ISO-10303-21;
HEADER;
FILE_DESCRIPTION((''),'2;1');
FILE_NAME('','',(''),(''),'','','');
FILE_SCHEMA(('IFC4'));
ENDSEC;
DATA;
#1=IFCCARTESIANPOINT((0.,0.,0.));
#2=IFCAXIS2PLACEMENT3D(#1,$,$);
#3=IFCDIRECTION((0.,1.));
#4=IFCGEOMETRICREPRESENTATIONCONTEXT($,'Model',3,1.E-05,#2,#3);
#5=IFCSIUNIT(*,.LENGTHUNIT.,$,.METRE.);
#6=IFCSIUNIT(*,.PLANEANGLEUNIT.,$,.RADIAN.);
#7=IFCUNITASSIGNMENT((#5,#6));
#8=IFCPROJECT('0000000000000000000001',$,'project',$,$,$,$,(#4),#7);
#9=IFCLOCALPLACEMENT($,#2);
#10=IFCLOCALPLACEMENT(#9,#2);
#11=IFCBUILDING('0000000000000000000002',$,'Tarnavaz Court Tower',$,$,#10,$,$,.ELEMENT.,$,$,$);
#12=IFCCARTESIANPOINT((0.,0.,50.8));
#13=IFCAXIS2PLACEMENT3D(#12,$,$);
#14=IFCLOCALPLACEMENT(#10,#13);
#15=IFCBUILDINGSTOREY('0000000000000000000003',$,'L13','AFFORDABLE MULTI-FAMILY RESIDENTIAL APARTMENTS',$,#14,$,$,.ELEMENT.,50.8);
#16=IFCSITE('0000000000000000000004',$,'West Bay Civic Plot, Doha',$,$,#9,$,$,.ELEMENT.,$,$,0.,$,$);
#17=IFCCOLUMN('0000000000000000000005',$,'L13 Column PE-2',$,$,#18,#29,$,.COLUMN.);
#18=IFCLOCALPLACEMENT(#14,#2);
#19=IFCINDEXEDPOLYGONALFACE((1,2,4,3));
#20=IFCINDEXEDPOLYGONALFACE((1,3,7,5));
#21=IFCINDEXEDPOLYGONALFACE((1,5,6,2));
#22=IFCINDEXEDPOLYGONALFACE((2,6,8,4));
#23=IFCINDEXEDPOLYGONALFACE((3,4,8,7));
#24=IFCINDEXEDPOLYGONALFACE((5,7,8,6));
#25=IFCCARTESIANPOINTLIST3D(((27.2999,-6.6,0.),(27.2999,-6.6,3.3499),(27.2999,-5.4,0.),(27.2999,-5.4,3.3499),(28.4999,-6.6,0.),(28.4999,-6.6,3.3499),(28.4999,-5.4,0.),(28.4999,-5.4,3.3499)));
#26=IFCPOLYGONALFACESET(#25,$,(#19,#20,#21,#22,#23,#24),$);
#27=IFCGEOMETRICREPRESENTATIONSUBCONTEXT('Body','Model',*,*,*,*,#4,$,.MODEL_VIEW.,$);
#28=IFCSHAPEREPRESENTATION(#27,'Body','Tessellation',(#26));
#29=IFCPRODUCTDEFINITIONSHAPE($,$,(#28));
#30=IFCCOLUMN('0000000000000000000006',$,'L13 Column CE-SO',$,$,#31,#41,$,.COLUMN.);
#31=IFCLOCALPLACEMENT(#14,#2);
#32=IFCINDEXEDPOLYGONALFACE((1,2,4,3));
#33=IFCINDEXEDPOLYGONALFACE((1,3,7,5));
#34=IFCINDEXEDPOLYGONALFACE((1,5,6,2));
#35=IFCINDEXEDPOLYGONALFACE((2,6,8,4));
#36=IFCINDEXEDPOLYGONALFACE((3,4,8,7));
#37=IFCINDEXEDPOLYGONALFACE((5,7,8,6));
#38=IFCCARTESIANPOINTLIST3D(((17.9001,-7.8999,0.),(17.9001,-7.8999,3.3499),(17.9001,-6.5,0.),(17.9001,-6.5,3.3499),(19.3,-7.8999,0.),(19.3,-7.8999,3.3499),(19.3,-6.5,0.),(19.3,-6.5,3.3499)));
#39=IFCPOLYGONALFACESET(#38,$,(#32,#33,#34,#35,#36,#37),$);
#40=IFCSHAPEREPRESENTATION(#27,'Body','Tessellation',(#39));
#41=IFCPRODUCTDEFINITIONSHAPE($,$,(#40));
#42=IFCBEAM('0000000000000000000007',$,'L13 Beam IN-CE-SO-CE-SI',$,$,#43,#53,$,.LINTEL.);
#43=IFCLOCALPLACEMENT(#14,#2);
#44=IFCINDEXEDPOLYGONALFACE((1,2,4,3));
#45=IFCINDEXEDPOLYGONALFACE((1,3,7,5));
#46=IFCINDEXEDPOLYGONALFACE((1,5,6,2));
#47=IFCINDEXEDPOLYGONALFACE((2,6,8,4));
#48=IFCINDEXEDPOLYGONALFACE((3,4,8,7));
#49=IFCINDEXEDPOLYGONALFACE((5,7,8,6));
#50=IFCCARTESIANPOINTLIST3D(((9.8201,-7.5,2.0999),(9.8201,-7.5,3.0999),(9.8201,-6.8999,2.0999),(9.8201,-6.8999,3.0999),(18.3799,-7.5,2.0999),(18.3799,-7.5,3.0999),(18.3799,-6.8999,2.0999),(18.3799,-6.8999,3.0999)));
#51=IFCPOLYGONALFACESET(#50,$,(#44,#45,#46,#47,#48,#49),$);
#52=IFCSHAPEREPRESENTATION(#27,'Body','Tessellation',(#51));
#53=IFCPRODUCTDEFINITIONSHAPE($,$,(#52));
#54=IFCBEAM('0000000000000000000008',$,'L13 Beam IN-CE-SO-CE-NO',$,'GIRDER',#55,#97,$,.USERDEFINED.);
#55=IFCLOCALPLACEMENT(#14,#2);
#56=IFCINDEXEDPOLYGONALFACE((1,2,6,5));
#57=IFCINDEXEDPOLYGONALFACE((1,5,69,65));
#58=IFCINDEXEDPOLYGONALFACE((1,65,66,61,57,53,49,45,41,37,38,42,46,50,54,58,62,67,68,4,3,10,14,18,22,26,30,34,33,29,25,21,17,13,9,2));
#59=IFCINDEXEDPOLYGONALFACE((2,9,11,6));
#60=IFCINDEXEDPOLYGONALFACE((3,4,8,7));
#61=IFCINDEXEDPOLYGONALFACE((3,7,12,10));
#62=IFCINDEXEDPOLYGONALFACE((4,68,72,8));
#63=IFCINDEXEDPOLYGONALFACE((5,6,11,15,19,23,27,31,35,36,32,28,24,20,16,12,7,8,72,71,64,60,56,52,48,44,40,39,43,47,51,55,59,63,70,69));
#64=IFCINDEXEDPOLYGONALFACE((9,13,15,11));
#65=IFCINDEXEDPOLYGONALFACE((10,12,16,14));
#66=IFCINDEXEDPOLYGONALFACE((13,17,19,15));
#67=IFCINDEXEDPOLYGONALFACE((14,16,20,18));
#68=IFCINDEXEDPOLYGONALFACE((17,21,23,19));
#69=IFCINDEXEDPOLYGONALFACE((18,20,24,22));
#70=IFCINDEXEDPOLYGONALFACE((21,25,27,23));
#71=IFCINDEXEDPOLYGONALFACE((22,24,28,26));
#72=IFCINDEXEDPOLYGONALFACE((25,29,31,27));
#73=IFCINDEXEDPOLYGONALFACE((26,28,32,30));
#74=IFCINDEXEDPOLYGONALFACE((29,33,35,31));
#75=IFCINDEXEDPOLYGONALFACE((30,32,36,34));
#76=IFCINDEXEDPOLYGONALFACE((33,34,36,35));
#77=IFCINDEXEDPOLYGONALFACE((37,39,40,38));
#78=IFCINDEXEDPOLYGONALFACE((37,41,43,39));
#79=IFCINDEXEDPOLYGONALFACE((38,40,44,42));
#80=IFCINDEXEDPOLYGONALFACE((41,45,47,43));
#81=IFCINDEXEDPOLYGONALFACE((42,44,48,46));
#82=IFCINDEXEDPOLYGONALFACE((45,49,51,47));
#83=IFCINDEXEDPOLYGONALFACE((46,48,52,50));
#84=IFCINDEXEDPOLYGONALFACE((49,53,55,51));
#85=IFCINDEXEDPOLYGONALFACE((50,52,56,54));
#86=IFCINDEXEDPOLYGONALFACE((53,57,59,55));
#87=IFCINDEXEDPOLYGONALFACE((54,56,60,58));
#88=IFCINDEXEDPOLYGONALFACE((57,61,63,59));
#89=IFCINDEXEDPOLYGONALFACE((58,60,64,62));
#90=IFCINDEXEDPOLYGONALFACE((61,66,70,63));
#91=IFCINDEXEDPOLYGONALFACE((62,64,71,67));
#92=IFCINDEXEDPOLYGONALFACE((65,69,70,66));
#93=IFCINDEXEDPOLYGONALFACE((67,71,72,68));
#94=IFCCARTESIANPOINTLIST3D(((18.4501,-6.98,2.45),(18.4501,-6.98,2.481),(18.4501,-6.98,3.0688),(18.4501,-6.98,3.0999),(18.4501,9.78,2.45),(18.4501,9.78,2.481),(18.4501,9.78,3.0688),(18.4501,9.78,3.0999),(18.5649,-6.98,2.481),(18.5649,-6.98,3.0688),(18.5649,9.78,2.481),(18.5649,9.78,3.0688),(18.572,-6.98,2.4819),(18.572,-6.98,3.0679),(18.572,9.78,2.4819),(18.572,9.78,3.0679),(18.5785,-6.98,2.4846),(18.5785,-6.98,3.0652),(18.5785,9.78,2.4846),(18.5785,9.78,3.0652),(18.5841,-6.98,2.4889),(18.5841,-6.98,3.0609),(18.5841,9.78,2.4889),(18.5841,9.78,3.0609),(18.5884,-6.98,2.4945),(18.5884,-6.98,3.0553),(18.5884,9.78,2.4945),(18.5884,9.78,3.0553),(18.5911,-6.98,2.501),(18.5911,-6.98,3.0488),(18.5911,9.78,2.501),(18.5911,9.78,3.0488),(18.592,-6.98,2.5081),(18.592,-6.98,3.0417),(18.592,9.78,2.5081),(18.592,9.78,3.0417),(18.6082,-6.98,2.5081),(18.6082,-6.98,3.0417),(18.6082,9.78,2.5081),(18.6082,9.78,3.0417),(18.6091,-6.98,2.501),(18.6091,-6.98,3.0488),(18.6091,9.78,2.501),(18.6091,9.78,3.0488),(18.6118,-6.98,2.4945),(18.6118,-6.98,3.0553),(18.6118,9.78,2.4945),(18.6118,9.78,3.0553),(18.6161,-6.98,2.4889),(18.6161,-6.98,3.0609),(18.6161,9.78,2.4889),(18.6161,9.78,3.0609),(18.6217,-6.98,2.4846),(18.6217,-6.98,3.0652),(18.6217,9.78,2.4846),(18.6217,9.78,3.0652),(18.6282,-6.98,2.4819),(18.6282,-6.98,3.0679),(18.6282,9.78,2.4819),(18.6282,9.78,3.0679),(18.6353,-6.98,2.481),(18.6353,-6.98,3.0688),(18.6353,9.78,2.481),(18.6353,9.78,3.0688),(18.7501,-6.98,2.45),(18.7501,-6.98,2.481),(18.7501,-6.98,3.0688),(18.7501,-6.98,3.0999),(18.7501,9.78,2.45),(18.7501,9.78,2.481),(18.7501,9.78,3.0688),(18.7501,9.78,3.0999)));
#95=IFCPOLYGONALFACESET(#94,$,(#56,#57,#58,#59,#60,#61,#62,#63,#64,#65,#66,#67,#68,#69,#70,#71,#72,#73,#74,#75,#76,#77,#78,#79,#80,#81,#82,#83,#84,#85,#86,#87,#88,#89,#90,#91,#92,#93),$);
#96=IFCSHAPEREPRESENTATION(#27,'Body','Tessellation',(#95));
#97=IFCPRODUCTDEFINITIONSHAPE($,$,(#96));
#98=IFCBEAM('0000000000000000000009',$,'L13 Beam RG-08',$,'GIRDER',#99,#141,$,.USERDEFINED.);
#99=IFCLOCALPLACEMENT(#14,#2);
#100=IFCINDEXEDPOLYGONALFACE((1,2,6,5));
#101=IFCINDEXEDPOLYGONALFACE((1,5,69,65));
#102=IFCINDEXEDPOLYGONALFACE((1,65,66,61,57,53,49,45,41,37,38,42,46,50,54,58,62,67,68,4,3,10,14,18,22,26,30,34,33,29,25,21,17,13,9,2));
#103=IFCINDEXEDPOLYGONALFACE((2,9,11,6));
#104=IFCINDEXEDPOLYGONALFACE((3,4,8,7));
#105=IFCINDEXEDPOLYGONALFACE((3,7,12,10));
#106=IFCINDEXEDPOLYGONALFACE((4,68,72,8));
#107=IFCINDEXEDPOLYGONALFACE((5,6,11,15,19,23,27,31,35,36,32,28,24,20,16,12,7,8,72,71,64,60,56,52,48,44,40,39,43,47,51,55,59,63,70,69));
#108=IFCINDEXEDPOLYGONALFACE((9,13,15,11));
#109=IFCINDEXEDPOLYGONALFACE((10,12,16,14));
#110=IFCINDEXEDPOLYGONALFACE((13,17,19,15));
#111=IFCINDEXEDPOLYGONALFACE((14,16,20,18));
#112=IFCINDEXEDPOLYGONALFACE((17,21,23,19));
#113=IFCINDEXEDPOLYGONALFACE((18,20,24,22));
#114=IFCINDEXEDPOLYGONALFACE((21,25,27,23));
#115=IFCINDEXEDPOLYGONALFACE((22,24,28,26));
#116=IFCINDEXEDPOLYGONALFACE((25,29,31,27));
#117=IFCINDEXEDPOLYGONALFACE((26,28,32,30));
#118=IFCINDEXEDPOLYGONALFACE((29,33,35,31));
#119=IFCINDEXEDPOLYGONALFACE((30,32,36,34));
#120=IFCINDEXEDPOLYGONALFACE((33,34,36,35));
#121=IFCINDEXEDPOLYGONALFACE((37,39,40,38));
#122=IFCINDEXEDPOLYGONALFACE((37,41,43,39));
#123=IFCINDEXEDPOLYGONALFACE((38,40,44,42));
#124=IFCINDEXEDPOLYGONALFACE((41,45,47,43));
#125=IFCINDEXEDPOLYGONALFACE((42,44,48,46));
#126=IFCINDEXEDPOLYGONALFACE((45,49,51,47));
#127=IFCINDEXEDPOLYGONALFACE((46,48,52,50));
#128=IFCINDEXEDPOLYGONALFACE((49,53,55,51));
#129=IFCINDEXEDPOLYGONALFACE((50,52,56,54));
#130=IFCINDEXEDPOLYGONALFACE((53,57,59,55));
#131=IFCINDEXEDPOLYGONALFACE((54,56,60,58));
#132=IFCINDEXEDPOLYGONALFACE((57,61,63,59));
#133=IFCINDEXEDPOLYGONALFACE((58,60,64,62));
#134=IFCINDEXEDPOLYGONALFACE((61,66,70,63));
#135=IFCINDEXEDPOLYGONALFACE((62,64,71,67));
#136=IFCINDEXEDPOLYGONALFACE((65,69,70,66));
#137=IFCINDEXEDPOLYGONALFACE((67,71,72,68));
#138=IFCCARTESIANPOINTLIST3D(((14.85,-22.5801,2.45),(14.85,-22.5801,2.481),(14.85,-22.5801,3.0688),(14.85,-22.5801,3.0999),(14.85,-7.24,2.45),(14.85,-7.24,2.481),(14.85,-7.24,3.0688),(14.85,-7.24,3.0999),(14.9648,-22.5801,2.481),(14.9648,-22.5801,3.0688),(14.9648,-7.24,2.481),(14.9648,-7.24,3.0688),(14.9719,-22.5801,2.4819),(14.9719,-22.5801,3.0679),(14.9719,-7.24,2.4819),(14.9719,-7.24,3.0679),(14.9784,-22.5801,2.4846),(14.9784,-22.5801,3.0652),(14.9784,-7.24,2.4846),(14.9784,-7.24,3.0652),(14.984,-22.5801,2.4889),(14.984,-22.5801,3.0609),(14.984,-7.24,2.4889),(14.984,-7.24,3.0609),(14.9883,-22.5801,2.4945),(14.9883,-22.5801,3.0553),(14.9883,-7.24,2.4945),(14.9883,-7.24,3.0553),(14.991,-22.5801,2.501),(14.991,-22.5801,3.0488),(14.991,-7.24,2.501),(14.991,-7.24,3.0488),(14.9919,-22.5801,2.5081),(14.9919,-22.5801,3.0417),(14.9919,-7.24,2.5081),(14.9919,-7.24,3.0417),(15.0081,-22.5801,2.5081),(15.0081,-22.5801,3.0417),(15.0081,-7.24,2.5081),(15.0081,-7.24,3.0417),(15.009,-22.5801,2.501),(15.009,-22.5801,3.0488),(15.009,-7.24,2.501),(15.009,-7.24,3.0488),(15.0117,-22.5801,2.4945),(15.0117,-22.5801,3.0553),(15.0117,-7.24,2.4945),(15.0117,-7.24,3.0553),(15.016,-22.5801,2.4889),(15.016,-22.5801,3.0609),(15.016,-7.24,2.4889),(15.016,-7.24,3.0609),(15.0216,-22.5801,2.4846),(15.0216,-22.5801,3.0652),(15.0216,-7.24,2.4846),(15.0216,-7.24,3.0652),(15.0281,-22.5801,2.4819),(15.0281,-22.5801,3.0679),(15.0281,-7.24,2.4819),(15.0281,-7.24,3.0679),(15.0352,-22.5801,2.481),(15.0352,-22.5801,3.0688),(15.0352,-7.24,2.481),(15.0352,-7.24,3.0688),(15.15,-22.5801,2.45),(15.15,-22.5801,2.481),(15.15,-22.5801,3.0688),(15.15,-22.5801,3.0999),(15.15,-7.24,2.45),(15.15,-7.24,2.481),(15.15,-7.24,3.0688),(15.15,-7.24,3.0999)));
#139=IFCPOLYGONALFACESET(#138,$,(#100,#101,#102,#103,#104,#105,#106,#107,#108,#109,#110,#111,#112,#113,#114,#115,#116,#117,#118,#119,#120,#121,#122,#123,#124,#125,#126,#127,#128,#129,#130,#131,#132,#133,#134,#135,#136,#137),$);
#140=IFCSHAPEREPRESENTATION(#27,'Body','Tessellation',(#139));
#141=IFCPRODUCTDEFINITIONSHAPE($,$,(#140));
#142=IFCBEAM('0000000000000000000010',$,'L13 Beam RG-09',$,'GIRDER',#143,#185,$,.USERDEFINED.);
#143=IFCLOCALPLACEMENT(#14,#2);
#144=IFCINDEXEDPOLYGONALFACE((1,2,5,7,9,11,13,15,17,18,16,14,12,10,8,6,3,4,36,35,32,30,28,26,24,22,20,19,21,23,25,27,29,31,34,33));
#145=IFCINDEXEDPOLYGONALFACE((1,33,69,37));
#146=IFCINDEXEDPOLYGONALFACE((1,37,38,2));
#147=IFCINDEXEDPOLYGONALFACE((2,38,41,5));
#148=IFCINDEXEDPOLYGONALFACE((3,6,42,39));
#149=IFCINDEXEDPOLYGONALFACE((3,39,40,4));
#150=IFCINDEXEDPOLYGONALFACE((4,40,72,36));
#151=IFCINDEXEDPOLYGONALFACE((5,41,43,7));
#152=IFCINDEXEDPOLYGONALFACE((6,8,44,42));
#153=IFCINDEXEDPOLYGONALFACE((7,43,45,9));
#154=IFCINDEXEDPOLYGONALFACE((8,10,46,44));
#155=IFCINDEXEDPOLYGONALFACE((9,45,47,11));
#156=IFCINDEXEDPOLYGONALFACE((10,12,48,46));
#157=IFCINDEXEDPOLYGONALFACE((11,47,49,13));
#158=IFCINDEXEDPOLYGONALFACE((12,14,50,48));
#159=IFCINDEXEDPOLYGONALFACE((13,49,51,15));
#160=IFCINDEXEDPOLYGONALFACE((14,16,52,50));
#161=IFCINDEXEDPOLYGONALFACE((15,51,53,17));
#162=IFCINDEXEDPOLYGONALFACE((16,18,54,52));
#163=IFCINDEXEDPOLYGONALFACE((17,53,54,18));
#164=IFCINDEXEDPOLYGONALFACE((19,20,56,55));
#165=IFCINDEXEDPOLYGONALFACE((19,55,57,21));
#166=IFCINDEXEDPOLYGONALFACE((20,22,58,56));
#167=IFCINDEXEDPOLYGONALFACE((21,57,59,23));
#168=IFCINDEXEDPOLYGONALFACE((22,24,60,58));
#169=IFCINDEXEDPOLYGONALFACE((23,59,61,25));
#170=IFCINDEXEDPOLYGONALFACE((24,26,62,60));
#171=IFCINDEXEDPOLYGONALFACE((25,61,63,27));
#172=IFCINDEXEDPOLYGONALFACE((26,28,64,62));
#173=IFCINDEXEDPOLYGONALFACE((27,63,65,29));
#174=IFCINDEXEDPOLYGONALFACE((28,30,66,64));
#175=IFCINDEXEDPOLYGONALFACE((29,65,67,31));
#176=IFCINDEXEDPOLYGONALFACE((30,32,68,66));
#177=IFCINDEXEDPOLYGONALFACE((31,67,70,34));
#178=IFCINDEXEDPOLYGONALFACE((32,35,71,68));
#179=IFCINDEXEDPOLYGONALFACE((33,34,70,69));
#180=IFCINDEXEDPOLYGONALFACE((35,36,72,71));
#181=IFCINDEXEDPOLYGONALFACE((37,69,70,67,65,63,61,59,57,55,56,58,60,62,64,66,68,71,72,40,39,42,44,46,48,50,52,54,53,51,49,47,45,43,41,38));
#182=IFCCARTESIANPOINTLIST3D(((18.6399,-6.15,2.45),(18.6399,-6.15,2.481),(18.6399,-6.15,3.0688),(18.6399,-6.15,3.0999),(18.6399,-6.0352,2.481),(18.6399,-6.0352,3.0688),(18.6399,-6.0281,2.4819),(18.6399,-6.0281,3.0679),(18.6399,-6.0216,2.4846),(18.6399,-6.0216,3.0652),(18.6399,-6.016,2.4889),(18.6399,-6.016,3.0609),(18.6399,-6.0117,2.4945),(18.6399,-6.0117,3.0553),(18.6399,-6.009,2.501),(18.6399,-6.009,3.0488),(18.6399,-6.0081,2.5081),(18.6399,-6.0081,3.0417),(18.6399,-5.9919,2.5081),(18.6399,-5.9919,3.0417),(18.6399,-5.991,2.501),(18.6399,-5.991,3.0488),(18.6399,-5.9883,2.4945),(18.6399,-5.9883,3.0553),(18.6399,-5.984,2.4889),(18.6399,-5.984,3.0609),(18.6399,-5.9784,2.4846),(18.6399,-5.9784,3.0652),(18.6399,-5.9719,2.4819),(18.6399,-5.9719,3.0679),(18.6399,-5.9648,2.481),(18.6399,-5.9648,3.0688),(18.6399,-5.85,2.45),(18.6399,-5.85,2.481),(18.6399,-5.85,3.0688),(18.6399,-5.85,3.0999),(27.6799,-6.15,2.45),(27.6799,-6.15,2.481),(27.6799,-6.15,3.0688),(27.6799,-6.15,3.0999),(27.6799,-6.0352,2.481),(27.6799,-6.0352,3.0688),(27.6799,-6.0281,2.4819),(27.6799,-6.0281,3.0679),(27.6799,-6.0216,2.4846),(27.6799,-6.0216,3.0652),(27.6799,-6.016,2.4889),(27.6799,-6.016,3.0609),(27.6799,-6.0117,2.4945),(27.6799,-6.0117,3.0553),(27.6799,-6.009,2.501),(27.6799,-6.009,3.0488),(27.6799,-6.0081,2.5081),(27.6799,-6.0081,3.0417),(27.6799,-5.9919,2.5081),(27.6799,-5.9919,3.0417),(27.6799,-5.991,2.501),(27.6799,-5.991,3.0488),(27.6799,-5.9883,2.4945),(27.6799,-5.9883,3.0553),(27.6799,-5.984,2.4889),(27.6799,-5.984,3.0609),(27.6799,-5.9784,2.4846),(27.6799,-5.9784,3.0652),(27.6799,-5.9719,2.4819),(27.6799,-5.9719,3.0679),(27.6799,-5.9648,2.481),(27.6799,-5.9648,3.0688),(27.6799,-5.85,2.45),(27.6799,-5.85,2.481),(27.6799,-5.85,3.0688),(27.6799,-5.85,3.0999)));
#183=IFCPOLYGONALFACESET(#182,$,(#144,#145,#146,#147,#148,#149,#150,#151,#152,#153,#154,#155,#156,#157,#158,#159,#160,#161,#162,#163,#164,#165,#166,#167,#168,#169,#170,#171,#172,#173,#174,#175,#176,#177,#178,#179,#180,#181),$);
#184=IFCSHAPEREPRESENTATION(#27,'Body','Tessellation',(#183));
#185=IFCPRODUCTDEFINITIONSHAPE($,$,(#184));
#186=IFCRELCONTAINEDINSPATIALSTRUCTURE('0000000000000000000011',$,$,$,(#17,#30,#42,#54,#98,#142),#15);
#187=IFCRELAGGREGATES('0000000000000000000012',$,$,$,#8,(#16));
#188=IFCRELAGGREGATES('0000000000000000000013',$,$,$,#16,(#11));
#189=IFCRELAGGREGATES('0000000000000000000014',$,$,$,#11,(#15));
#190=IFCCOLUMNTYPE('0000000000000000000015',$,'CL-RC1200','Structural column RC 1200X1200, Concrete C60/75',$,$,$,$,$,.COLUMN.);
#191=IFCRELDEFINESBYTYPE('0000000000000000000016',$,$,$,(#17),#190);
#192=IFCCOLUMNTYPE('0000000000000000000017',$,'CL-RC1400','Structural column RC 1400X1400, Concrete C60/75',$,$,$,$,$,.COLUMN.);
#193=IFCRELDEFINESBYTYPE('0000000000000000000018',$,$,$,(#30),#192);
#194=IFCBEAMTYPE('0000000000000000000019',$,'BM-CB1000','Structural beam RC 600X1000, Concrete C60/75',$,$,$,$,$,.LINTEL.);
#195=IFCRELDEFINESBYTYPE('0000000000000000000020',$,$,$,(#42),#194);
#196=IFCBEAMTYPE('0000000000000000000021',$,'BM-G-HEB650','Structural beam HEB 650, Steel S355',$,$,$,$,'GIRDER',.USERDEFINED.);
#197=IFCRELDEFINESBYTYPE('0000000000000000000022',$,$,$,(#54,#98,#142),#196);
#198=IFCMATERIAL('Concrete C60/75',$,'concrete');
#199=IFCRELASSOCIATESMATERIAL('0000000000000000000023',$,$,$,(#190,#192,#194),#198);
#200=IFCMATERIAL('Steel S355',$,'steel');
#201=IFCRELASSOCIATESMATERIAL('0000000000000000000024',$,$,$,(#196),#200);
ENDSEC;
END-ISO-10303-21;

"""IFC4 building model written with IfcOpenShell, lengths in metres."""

from ifc_helpers import new_model, si_unit, direction, frame, origin, origin_2d, place, context, subcontext, project, spatial, rectangle, i_section, extrude, material, material_profile, profile_set, type_object, element, save


model = new_model("IFC4")

# Units and contexts
model_context = context("Model", 3, precision=1e-05, world=origin(), true_north=direction((0.0, 1.0)))
body_context = subcontext(model_context, "Body", "Model", "MODEL_VIEW")
ifc_project = project(units=[si_unit("LENGTHUNIT", "METRE"), si_unit("PLANEANGLEUNIT", "RADIAN")], contexts=[model_context])

# Site, building, storey
site_placement = place(None, origin())
site = spatial("IfcSite", under=ifc_project, at=site_placement, Name="West Bay Civic Plot, Doha", CompositionType="ELEMENT", RefElevation=0.0)
building_placement = place(site_placement, origin())
building = spatial("IfcBuilding", under=site, at=building_placement, Name="Tarnavaz Court Tower", CompositionType="ELEMENT")
storey_placement = place(building_placement, frame((0.0, 0.0, 50.8)))
storey = spatial("IfcBuildingStorey", under=building, at=storey_placement, Name="L13", Description="AFFORDABLE MULTI-FAMILY RESIDENTIAL APARTMENTS", CompositionType="ELEMENT", Elevation=50.8)

# Columns
ifc_material_1 = material(Name="Concrete C60/75", Category="concrete")
ifc_material_profile_1 = material_profile(ifc_material_1, rectangle(XDim=1.2, YDim=1.2, at=origin_2d()), Name="RC 1200X1200")
ifc_profile_set_1 = profile_set([ifc_material_profile_1], Name="Concrete C60/75")
column_type_1 = type_object("IfcColumnType", Name="CL-RC1200", Description="Structural column RC 1200X1200, Concrete C60/75", PredefinedType="COLUMN", material=ifc_profile_set_1)
column_1_placement = place(storey_placement, frame((27.8999, -6.0, 0.0), z_axis=(0.0, 0.0, 1.0), x_axis=(1.0, 0.0, 0.0)))
element("IfcColumn", 1, at=column_1_placement, inside=storey, type_object=column_type_1, Name="L13 Column PE-2", PredefinedType="COLUMN", context=body_context, shape_type="SweptSolid", body=[
    extrude(rectangle(XDim=1.2, YDim=1.2, at=origin_2d()), origin(), (0.0, 0.0, 1.0), 3.3499),
])
ifc_material_profile_2 = material_profile(ifc_material_1, rectangle(XDim=1.3999, YDim=1.3999, at=origin_2d()), Name="RC 1400X1400")
ifc_profile_set_2 = profile_set([ifc_material_profile_2], Name="Concrete C60/75")
column_type_2 = type_object("IfcColumnType", Name="CL-RC1400", Description="Structural column RC 1400X1400, Concrete C60/75", PredefinedType="COLUMN", material=ifc_profile_set_2)
column_2_placement = place(storey_placement, frame((18.6001, -7.2, 0.0), z_axis=(0.0, 0.0, 1.0), x_axis=(1.0, 0.0, 0.0)))
element("IfcColumn", 2, at=column_2_placement, inside=storey, type_object=column_type_2, Name="L13 Column CE-SO", PredefinedType="COLUMN", context=body_context, shape_type="SweptSolid", body=[
    extrude(rectangle(XDim=1.3999, YDim=1.3999, at=origin_2d()), origin(), (0.0, 0.0, 1.0), 3.3499),
])

# Beams
ifc_material_profile_3 = material_profile(ifc_material_1, rectangle(XDim=0.6001, YDim=1.0, at=origin_2d()), Name="RC 600X1000")
ifc_profile_set_3 = profile_set([ifc_material_profile_3], Name="Concrete C60/75")
beam_type_1 = type_object("IfcBeamType", Name="BM-CB1000", Description="Structural beam RC 600X1000, Concrete C60/75", PredefinedType="LINTEL", material=ifc_profile_set_3)
beam_1_placement = place(storey_placement, frame((18.3799, -7.2, 2.5999), z_axis=(-1.0, 0.0, 0.0), x_axis=(0.0, -1.0, 0.0)))
element("IfcBeam", 3, at=beam_1_placement, inside=storey, type_object=beam_type_1, Name="L13 Beam IN-CE-SO-CE-SI", PredefinedType="LINTEL", context=body_context, shape_type="SweptSolid", body=[
    extrude(rectangle(XDim=0.6001, YDim=1.0, at=origin_2d()), origin(), (0.0, 0.0, 1.0), 8.5598),
])
ifc_material_2 = material(Name="Steel S355", Category="steel")
ifc_material_profile_4 = material_profile(ifc_material_2, i_section(OverallWidth=0.3, OverallDepth=0.6499, WebThickness=0.0161, FlangeThickness=0.031, FilletRadius=0.0271, at=origin_2d()), Name="HEB 650")
ifc_profile_set_4 = profile_set([ifc_material_profile_4], Name="Steel S355")
beam_type_2 = type_object("IfcBeamType", Name="BM-G-HEB650", Description="Structural beam HEB 650, Steel S355", ElementType="GIRDER", PredefinedType="USERDEFINED", material=ifc_profile_set_4)
beam_2_placement = place(storey_placement, frame((18.6001, -6.98, 2.7749), z_axis=(0.0, 1.0, 0.0), x_axis=(-1.0, 0.0, 0.0)))
element("IfcBeam", 4, at=beam_2_placement, inside=storey, type_object=beam_type_2, Name="L13 Beam IN-CE-SO-CE-NO", ObjectType="GIRDER", PredefinedType="USERDEFINED", context=body_context, shape_type="SweptSolid", body=[
    extrude(i_section(OverallWidth=0.3, OverallDepth=0.6499, WebThickness=0.0161, FlangeThickness=0.031, FilletRadius=0.0271, at=origin_2d()), origin(), (0.0, 0.0, 1.0), 16.76),
])
beam_3_placement = place(storey_placement, frame((15.0, -7.24, 2.7749), z_axis=(0.0, -1.0, 0.0), x_axis=(1.0, 0.0, 0.0)))
element("IfcBeam", 5, at=beam_3_placement, inside=storey, type_object=beam_type_2, Name="L13 Beam RG-08", ObjectType="GIRDER", PredefinedType="USERDEFINED", context=body_context, shape_type="SweptSolid", body=[
    extrude(i_section(OverallWidth=0.3, OverallDepth=0.6499, WebThickness=0.0161, FlangeThickness=0.031, FilletRadius=0.0271, at=origin_2d()), origin(), (0.0, 0.0, 1.0), 15.3401),
])
beam_4_placement = place(storey_placement, frame((18.6399, -6.0, 2.7749), z_axis=(1.0, 0.0, 0.0), x_axis=(0.0, 1.0, 0.0)))
element("IfcBeam", 6, at=beam_4_placement, inside=storey, type_object=beam_type_2, Name="L13 Beam RG-09", ObjectType="GIRDER", PredefinedType="USERDEFINED", context=body_context, shape_type="SweptSolid", body=[
    extrude(i_section(OverallWidth=0.3, OverallDepth=0.6499, WebThickness=0.0161, FlangeThickness=0.031, FilletRadius=0.0271, at=origin_2d()), origin(), (0.0, 0.0, 1.0), 9.04),
])

save(model, "model.ifc")
